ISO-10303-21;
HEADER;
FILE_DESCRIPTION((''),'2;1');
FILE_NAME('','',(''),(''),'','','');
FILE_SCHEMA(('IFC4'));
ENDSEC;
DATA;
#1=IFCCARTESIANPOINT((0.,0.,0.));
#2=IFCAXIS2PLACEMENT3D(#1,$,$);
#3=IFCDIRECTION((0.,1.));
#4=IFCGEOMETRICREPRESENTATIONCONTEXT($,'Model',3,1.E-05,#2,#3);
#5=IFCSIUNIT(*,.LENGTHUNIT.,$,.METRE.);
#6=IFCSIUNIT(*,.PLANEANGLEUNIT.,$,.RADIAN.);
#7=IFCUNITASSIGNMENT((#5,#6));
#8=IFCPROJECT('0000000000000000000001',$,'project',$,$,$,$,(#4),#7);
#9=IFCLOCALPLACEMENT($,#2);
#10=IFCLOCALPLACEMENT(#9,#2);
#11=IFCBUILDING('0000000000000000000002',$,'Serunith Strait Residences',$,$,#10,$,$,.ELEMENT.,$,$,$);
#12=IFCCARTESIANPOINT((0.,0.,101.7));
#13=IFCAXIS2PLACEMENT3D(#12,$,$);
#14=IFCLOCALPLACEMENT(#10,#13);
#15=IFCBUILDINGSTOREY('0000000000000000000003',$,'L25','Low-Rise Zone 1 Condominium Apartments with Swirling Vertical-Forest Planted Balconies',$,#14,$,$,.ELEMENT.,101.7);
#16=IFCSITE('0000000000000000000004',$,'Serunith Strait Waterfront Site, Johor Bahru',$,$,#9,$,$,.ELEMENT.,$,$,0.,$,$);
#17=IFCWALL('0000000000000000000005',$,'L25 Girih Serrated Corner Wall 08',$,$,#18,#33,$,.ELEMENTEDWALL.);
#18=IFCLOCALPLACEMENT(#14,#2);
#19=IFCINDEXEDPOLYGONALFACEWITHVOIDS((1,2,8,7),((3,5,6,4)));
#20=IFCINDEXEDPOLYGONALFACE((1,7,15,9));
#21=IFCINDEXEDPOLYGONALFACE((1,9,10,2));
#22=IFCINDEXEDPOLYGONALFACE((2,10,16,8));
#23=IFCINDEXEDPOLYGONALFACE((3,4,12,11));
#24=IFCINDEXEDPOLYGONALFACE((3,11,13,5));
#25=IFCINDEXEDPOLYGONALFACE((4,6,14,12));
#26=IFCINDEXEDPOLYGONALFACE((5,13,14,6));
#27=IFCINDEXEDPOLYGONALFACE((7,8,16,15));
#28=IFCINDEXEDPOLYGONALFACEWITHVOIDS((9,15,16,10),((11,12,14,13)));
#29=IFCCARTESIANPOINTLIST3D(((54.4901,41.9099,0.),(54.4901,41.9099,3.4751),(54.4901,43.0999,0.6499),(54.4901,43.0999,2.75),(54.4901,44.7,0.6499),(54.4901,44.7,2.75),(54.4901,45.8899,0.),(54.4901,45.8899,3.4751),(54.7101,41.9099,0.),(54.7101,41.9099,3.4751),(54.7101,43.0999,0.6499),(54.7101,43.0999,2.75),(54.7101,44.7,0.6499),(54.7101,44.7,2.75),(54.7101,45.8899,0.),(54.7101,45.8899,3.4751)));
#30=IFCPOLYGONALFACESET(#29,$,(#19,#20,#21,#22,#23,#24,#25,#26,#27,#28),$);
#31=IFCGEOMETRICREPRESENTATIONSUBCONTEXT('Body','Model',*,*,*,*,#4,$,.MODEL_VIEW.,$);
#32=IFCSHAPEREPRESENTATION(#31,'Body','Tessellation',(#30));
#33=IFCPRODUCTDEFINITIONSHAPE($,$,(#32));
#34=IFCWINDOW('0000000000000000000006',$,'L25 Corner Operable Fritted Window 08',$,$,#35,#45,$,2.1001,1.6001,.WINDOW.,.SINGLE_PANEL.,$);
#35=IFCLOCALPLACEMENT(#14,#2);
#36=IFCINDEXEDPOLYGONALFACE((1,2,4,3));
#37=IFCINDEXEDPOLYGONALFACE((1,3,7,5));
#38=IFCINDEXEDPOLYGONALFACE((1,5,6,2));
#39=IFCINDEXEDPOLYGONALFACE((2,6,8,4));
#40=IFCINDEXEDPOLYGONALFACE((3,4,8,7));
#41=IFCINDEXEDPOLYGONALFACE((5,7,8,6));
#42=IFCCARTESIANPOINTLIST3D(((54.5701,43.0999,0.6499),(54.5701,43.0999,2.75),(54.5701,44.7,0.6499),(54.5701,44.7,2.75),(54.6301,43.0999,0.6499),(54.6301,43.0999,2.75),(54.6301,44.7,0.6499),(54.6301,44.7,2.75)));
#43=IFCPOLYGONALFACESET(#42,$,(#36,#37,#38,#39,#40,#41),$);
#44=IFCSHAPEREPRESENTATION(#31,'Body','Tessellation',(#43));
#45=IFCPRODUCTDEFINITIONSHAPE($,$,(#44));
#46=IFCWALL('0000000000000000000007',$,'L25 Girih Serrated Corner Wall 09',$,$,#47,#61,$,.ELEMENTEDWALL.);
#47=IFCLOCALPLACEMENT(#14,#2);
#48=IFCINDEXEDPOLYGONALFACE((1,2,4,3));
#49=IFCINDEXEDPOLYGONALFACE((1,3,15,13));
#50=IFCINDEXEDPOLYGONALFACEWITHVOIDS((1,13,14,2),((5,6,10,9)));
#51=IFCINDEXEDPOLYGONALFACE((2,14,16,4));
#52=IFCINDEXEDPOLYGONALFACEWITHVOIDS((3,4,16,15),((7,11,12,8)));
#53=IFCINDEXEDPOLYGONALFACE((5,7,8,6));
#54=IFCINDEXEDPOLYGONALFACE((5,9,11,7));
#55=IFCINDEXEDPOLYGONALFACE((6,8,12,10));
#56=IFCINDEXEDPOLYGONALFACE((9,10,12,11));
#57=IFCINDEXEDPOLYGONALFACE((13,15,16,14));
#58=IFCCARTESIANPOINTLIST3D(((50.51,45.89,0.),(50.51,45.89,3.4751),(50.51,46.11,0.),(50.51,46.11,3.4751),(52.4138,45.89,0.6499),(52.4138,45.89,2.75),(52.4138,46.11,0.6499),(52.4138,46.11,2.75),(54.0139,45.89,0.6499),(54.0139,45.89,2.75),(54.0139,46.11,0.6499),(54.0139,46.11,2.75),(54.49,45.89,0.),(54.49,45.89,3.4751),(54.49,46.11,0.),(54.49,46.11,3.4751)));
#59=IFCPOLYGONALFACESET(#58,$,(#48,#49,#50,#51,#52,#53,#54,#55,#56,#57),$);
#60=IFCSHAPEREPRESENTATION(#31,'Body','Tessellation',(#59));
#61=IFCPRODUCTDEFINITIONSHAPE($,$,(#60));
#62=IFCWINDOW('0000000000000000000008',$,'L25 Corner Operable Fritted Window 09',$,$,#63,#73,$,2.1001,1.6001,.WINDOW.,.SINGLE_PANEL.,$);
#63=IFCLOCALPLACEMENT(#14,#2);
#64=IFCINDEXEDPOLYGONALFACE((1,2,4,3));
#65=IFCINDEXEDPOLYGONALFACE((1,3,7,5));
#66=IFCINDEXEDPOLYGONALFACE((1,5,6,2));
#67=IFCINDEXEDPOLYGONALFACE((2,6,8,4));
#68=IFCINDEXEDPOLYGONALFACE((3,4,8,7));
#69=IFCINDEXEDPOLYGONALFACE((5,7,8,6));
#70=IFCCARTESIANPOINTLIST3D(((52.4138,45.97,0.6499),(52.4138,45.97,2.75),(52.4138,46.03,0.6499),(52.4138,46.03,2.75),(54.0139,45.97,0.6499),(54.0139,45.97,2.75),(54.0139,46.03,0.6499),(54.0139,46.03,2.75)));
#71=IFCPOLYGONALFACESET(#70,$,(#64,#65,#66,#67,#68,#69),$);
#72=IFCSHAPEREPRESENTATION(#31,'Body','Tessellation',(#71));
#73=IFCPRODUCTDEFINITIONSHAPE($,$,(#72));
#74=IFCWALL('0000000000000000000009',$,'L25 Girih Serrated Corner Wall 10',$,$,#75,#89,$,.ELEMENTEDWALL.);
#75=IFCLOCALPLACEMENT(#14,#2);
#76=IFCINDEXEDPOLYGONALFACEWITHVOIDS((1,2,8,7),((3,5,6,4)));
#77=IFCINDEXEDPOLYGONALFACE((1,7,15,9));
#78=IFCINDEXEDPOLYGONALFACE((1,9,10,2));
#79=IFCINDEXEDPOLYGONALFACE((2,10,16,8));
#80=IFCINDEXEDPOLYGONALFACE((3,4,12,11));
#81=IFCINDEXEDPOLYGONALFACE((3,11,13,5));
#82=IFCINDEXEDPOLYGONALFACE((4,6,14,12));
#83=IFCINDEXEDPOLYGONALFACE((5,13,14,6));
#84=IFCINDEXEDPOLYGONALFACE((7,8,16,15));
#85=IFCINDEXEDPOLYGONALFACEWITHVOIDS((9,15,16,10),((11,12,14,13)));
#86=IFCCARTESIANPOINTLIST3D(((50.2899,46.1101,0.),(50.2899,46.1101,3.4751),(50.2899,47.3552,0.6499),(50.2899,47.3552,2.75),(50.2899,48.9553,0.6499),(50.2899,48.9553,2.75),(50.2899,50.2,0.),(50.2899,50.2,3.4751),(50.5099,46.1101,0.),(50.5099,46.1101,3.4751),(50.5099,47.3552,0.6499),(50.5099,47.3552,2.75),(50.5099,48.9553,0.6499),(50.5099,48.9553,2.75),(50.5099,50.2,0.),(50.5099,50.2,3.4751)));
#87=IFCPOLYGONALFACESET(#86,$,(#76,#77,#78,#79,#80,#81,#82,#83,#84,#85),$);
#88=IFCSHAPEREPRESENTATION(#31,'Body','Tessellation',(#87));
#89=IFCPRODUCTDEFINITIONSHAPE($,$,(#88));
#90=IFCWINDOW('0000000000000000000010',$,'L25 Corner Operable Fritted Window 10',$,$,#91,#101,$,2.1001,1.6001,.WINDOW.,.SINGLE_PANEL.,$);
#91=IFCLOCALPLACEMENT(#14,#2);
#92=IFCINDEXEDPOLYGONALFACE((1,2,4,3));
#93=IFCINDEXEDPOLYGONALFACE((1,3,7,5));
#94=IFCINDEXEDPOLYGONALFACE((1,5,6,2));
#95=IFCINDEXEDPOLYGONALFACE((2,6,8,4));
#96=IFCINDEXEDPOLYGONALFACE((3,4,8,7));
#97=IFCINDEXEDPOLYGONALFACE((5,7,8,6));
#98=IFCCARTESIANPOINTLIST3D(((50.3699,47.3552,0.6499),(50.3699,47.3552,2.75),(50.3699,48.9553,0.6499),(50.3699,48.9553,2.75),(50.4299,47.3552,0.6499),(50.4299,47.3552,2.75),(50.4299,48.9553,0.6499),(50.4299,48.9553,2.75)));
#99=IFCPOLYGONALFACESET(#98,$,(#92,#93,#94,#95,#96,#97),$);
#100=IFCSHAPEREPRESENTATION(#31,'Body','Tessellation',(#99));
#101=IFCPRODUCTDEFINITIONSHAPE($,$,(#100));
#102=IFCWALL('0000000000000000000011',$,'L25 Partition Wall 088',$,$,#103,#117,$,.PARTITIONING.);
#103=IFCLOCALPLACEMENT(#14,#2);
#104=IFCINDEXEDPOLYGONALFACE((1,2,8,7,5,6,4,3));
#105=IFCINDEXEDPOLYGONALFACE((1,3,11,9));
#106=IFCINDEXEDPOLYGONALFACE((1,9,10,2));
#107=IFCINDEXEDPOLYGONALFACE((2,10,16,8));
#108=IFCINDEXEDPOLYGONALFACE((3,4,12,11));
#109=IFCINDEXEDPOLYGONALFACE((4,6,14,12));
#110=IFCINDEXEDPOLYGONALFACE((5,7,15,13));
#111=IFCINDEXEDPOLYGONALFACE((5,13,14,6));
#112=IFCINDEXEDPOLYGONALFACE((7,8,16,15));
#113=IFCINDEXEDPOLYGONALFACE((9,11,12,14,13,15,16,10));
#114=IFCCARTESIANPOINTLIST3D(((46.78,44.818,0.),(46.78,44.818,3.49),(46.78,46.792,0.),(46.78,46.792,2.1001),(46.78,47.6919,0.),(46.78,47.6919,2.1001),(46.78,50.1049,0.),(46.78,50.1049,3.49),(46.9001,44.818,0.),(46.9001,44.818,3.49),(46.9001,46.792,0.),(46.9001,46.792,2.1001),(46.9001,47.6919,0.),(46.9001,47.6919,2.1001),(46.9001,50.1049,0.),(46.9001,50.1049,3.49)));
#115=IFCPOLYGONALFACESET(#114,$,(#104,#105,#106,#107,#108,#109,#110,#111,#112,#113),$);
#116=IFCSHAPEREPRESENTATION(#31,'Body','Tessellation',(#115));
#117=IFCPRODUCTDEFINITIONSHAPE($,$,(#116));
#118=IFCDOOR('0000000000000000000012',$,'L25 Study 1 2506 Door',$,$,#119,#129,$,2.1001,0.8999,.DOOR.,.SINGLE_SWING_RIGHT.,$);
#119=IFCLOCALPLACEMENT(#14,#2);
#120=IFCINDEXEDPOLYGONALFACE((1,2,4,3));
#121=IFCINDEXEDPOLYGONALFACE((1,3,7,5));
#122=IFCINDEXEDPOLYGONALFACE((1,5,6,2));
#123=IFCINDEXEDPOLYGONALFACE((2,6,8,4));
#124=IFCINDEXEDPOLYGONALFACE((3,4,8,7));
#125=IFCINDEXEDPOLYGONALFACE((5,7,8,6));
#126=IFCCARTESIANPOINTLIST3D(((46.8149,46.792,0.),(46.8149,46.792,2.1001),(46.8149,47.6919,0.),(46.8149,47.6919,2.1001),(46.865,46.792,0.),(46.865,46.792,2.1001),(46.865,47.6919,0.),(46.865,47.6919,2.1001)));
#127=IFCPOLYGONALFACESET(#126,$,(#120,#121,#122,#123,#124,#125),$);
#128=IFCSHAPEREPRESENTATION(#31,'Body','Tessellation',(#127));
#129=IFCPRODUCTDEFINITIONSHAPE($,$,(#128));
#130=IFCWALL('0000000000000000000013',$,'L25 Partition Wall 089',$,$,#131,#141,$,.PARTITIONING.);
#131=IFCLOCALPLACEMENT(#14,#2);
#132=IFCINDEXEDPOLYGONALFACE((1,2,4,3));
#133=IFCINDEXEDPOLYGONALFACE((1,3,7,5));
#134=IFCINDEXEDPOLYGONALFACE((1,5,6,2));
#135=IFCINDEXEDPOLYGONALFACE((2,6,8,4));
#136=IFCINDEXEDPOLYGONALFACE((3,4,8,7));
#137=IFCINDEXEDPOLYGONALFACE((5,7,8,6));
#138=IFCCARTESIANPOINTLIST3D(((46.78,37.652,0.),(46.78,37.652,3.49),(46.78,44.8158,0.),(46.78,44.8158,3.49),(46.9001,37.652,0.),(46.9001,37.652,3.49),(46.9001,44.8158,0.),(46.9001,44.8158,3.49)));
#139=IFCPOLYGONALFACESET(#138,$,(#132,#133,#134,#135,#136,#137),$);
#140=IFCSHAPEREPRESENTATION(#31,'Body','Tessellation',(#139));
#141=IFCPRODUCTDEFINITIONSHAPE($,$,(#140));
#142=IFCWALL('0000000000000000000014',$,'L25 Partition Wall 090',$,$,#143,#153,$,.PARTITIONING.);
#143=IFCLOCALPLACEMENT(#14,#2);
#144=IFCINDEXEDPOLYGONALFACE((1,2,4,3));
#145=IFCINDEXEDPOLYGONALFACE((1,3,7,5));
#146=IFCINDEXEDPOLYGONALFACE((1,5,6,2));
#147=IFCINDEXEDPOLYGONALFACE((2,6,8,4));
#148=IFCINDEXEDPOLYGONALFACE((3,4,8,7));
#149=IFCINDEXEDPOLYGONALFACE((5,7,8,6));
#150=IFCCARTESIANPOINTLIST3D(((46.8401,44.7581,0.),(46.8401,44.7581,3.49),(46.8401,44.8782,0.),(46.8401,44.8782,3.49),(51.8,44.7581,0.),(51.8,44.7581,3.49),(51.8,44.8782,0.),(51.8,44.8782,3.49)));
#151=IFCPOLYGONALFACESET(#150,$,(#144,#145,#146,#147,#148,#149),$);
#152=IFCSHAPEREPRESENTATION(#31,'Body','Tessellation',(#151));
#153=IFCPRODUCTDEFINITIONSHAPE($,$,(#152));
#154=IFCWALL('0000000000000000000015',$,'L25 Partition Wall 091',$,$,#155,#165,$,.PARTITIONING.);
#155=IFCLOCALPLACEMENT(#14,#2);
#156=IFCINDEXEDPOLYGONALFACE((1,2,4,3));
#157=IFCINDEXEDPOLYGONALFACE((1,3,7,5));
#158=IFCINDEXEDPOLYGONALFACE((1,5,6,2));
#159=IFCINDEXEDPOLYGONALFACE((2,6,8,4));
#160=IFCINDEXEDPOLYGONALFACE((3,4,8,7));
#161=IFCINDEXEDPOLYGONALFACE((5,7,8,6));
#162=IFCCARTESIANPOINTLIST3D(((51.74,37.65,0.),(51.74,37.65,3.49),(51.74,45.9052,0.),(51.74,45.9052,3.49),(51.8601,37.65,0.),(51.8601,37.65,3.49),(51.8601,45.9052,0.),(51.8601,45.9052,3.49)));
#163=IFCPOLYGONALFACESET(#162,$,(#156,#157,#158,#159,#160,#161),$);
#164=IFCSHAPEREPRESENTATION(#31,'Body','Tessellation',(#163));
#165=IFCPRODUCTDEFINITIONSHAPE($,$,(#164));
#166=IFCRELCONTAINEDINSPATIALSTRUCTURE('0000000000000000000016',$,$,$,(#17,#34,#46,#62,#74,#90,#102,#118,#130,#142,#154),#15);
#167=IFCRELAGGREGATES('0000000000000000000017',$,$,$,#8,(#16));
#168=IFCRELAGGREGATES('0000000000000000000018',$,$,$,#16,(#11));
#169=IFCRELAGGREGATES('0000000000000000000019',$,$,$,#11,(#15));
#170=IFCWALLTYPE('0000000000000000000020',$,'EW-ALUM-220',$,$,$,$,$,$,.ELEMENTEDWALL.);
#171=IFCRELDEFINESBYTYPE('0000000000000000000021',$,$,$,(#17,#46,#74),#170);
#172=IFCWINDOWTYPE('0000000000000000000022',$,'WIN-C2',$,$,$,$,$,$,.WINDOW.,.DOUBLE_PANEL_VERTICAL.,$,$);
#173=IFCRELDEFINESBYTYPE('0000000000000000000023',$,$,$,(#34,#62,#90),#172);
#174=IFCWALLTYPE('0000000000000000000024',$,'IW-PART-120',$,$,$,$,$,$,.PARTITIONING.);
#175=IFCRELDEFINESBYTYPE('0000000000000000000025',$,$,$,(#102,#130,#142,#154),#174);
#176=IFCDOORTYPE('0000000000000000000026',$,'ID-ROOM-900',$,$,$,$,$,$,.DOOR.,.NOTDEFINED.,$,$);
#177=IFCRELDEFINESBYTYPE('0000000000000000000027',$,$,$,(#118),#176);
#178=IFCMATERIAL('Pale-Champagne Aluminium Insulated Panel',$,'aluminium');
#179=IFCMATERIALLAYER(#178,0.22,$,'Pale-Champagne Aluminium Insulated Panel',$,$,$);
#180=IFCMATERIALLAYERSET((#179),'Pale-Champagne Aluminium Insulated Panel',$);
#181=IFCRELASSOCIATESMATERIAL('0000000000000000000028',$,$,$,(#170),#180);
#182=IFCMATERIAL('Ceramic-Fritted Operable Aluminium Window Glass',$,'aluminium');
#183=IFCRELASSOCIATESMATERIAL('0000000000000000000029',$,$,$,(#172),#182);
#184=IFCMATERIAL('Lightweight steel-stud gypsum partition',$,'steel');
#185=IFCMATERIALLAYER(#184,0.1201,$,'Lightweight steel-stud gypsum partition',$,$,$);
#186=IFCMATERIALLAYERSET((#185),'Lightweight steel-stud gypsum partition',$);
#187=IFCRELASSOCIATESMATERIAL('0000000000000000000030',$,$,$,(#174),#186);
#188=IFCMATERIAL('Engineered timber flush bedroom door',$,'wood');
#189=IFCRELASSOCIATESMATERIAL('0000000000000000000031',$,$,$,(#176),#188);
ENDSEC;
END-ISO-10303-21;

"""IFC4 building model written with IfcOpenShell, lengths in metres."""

from ifc_helpers import new_model, si_unit, direction, frame, frame_2d, origin, place, context, subcontext, project, spatial, rectangle, extrude, source, transform, mapped, material, layer, layer_set, type_object, element, fill, save


model = new_model("IFC4")

# Units and contexts
model_context = context("Model", 3, precision=1e-05, world=origin(), true_north=direction((0.0, 1.0)))
body_context = subcontext(model_context, "Body", "Model", "MODEL_VIEW")
ifc_project = project(units=[si_unit("LENGTHUNIT", "METRE"), si_unit("PLANEANGLEUNIT", "RADIAN")], contexts=[model_context])

# Site, building, storey
site_placement = place(None, origin())
site = spatial("IfcSite", under=ifc_project, at=site_placement, Name="Serunith Strait Waterfront Site, Johor Bahru", CompositionType="ELEMENT", RefElevation=0.0)
building_placement = place(site_placement, origin())
building = spatial("IfcBuilding", under=site, at=building_placement, Name="Serunith Strait Residences", CompositionType="ELEMENT")
storey_placement = place(building_placement, frame((0.0, 0.0, 101.7)))
storey = spatial("IfcBuildingStorey", under=building, at=storey_placement, Name="L25", Description="Low-Rise Zone 1 Condominium Apartments with Swirling Vertical-Forest Planted Balconies", CompositionType="ELEMENT", Elevation=101.7)

# Walls, openings, windows
ifc_material_1 = material(Name="Pale-Champagne Aluminium Insulated Panel", Category="aluminium")
ifc_layer_1 = layer(ifc_material_1, 0.22, Name="Pale-Champagne Aluminium Insulated Panel")
ifc_layer_set_1 = layer_set([ifc_layer_1], Name="Pale-Champagne Aluminium Insulated Panel")
wall_type_1 = type_object("IfcWallType", Name="EW-ALUM-220", PredefinedType="ELEMENTEDWALL", material=ifc_layer_set_1)
ifc_material_2 = material(Name="Ceramic-Fritted Operable Aluminium Window Glass", Category="aluminium")
window_type = type_object("IfcWindowType", Name="WIN-C2", PartitioningType="DOUBLE_PANEL_VERTICAL", PredefinedType="WINDOW", material=ifc_material_2)
shared_shape_1 = source(origin(), body_context, "Body", "SweptSolid", [
    extrude(rectangle(XDim=1.6001, YDim=2.1001, at=frame_2d((0.8, 1.05))), frame((0.0, 0.03, 0.0), z_axis=(0.0, -1.0, 0.0), x_axis=(1.0, 0.0, 0.0)), (0.0, 0.0, 1.0), 0.0601),
])
wall_1_placement = place(storey_placement, frame((54.6001, 41.9099, 0.0), z_axis=(0.0, 0.0, 1.0), x_axis=(0.0, 1.0, 0.0)))
wall_1 = element("IfcWall", 1, at=wall_1_placement, inside=storey, type_object=wall_type_1, Name="L25 Girih Serrated Corner Wall 08", PredefinedType="ELEMENTEDWALL", context=body_context, shape_type="SweptSolid", body=[
    extrude(rectangle(XDim=3.98, YDim=0.22, at=frame_2d((1.99, 0.0))), origin(), (0.0, 0.0, 1.0), 3.4751),
])
opening_1_placement = place(wall_1_placement, frame((1.1899, 0.0, 0.6499)))
opening_1 = element("IfcOpeningElement", 2, at=opening_1_placement, cuts=wall_1, PredefinedType="OPENING", context=body_context, shape_type="SweptSolid", body=[
    extrude(rectangle(XDim=1.6001, YDim=2.1001, at=frame_2d((0.8, 1.05))), frame((0.0, 0.1201, 0.0), z_axis=(0.0, -1.0, 0.0), x_axis=(1.0, 0.0, 0.0)), (0.0, 0.0, 1.0), 0.24),
])
window_1_placement = place(opening_1_placement, origin())
window_1 = element("IfcWindow", 3, at=window_1_placement, inside=storey, type_object=window_type, Name="L25 Corner Operable Fritted Window 08", OverallHeight=2.1001, OverallWidth=1.6001, PartitioningType="SINGLE_PANEL", PredefinedType="WINDOW", context=body_context, shape_type="MappedRepresentation", body=[
    mapped(shared_shape_1, transform((0.0, 0.0, 0.0), scale=1.0)),
])
fill(opening_1, window_1)
wall_2_placement = place(storey_placement, frame((54.49, 46.0, 0.0), z_axis=(0.0, 0.0, 1.0), x_axis=(-1.0, 0.0, 0.0)))
wall_2 = element("IfcWall", 4, at=wall_2_placement, inside=storey, type_object=wall_type_1, Name="L25 Girih Serrated Corner Wall 09", PredefinedType="ELEMENTEDWALL", context=body_context, shape_type="SweptSolid", body=[
    extrude(rectangle(XDim=3.98, YDim=0.22, at=frame_2d((1.99, 0.0))), origin(), (0.0, 0.0, 1.0), 3.4751),
])
opening_2_placement = place(wall_2_placement, frame((0.4761, 0.0, 0.6499)))
opening_2 = element("IfcOpeningElement", 5, at=opening_2_placement, cuts=wall_2, PredefinedType="OPENING", context=body_context, shape_type="SweptSolid", body=[
    extrude(rectangle(XDim=1.6001, YDim=2.1001, at=frame_2d((0.8, 1.05))), frame((0.0, 0.1201, 0.0), z_axis=(0.0, -1.0, 0.0), x_axis=(1.0, 0.0, 0.0)), (0.0, 0.0, 1.0), 0.24),
])
window_2_placement = place(opening_2_placement, origin())
window_2 = element("IfcWindow", 6, at=window_2_placement, inside=storey, type_object=window_type, Name="L25 Corner Operable Fritted Window 09", OverallHeight=2.1001, OverallWidth=1.6001, PartitioningType="SINGLE_PANEL", PredefinedType="WINDOW", context=body_context, shape_type="MappedRepresentation", body=[
    mapped(shared_shape_1, transform((0.0, 0.0, 0.0), scale=1.0)),
])
fill(opening_2, window_2)
wall_3_placement = place(storey_placement, frame((50.3999, 46.1101, 0.0), z_axis=(0.0, 0.0, 1.0), x_axis=(0.0, 1.0, 0.0)))
wall_3 = element("IfcWall", 7, at=wall_3_placement, inside=storey, type_object=wall_type_1, Name="L25 Girih Serrated Corner Wall 10", PredefinedType="ELEMENTEDWALL", context=body_context, shape_type="SweptSolid", body=[
    extrude(rectangle(XDim=4.0898, YDim=0.22, at=frame_2d((2.0449, 0.0))), origin(), (0.0, 0.0, 1.0), 3.4751),
])
opening_3_placement = place(wall_3_placement, frame((1.2451, 0.0, 0.6499)))
opening_3 = element("IfcOpeningElement", 8, at=opening_3_placement, cuts=wall_3, PredefinedType="OPENING", context=body_context, shape_type="SweptSolid", body=[
    extrude(rectangle(XDim=1.6001, YDim=2.1001, at=frame_2d((0.8, 1.05))), frame((0.0, 0.1201, 0.0), z_axis=(0.0, -1.0, 0.0), x_axis=(1.0, 0.0, 0.0)), (0.0, 0.0, 1.0), 0.24),
])
window_3_placement = place(opening_3_placement, origin())
window_3 = element("IfcWindow", 9, at=window_3_placement, inside=storey, type_object=window_type, Name="L25 Corner Operable Fritted Window 10", OverallHeight=2.1001, OverallWidth=1.6001, PartitioningType="SINGLE_PANEL", PredefinedType="WINDOW", context=body_context, shape_type="MappedRepresentation", body=[
    mapped(shared_shape_1, transform((0.0, 0.0, 0.0), scale=1.0)),
])
fill(opening_3, window_3)

# Wall, opening, door
ifc_material_3 = material(Name="Lightweight steel-stud gypsum partition", Category="steel")
ifc_layer_2 = layer(ifc_material_3, 0.1201, Name="Lightweight steel-stud gypsum partition")
ifc_layer_set_2 = layer_set([ifc_layer_2], Name="Lightweight steel-stud gypsum partition")
wall_type_2 = type_object("IfcWallType", Name="IW-PART-120", PredefinedType="PARTITIONING", material=ifc_layer_set_2)
wall_4_placement = place(storey_placement, frame((46.8401, 50.105, 0.0), z_axis=(0.0, 0.0, 1.0), x_axis=(0.0, -1.0, 0.0)))
wall_4 = element("IfcWall", 10, at=wall_4_placement, inside=storey, type_object=wall_type_2, Name="L25 Partition Wall 088", PredefinedType="PARTITIONING", context=body_context, shape_type="SweptSolid", body=[
    extrude(rectangle(XDim=5.2869, YDim=0.1201, at=frame_2d((2.6436, 0.0))), origin(), (0.0, 0.0, 1.0), 3.49),
])
opening_4_placement = place(wall_4_placement, frame((2.4131, 0.0, 0.0)))
opening_4 = element("IfcOpeningElement", 11, at=opening_4_placement, cuts=wall_4, PredefinedType="OPENING", context=body_context, shape_type="SweptSolid", body=[
    extrude(rectangle(XDim=0.8999, YDim=2.1001, at=frame_2d((0.45, 1.05))), frame((0.0, 0.0701, 0.0), z_axis=(0.0, -1.0, 0.0), x_axis=(1.0, 0.0, 0.0)), (0.0, 0.0, 1.0), 0.1401),
])
ifc_material_4 = material(Name="Engineered timber flush bedroom door", Category="wood")
door_type_1 = type_object("IfcDoorType", Name="ID-ROOM-900", OperationType="NOTDEFINED", PredefinedType="DOOR", material=ifc_material_4)
shared_shape_2 = source(origin(), body_context, "Body", "SweptSolid", [
    extrude(rectangle(XDim=0.8999, YDim=2.1001, at=frame_2d((0.45, 1.05))), frame((0.0, 0.0249, 0.0), z_axis=(0.0, -1.0, 0.0), x_axis=(1.0, 0.0, 0.0)), (0.0, 0.0, 1.0), 0.05),
])
door_1_placement = place(opening_4_placement, origin())
door_1 = element("IfcDoor", 12, at=door_1_placement, inside=storey, type_object=door_type_1, Name="L25 Study 1 2506 Door", OperationType="SINGLE_SWING_RIGHT", OverallHeight=2.1001, OverallWidth=0.8999, PredefinedType="DOOR", context=body_context, shape_type="MappedRepresentation", body=[
    mapped(shared_shape_2, transform((0.0, 0.0, 0.0), scale=1.0)),
])
fill(opening_4, door_1)

# Walls
wall_5_placement = place(storey_placement, frame((46.8401, 44.8159, 0.0), z_axis=(0.0, 0.0, 1.0), x_axis=(0.0, -1.0, 0.0)))
element("IfcWall", 13, at=wall_5_placement, inside=storey, type_object=wall_type_2, Name="L25 Partition Wall 089", PredefinedType="PARTITIONING", context=body_context, shape_type="SweptSolid", body=[
    extrude(rectangle(XDim=7.1638, YDim=0.1201, at=frame_2d((3.582, 0.0))), origin(), (0.0, 0.0, 1.0), 3.49),
])
wall_6_placement = place(storey_placement, frame((46.8401, 44.8181, 0.0), z_axis=(0.0, 0.0, 1.0), x_axis=(1.0, 0.0, 0.0)))
element("IfcWall", 14, at=wall_6_placement, inside=storey, type_object=wall_type_2, Name="L25 Partition Wall 090", PredefinedType="PARTITIONING", context=body_context, shape_type="SweptSolid", body=[
    extrude(rectangle(XDim=4.96, YDim=0.1201, at=frame_2d((2.48, 0.0))), origin(), (0.0, 0.0, 1.0), 3.49),
])
wall_7_placement = place(storey_placement, frame((51.8, 45.905, 0.0), z_axis=(0.0, 0.0, 1.0), x_axis=(0.0, -1.0, 0.0)))
element("IfcWall", 15, at=wall_7_placement, inside=storey, type_object=wall_type_2, Name="L25 Partition Wall 091", PredefinedType="PARTITIONING", context=body_context, shape_type="SweptSolid", body=[
    extrude(rectangle(XDim=8.2551, YDim=0.1201, at=frame_2d((4.1274, 0.0))), origin(), (0.0, 0.0, 1.0), 3.49),
])

save(model, "model.ifc")
